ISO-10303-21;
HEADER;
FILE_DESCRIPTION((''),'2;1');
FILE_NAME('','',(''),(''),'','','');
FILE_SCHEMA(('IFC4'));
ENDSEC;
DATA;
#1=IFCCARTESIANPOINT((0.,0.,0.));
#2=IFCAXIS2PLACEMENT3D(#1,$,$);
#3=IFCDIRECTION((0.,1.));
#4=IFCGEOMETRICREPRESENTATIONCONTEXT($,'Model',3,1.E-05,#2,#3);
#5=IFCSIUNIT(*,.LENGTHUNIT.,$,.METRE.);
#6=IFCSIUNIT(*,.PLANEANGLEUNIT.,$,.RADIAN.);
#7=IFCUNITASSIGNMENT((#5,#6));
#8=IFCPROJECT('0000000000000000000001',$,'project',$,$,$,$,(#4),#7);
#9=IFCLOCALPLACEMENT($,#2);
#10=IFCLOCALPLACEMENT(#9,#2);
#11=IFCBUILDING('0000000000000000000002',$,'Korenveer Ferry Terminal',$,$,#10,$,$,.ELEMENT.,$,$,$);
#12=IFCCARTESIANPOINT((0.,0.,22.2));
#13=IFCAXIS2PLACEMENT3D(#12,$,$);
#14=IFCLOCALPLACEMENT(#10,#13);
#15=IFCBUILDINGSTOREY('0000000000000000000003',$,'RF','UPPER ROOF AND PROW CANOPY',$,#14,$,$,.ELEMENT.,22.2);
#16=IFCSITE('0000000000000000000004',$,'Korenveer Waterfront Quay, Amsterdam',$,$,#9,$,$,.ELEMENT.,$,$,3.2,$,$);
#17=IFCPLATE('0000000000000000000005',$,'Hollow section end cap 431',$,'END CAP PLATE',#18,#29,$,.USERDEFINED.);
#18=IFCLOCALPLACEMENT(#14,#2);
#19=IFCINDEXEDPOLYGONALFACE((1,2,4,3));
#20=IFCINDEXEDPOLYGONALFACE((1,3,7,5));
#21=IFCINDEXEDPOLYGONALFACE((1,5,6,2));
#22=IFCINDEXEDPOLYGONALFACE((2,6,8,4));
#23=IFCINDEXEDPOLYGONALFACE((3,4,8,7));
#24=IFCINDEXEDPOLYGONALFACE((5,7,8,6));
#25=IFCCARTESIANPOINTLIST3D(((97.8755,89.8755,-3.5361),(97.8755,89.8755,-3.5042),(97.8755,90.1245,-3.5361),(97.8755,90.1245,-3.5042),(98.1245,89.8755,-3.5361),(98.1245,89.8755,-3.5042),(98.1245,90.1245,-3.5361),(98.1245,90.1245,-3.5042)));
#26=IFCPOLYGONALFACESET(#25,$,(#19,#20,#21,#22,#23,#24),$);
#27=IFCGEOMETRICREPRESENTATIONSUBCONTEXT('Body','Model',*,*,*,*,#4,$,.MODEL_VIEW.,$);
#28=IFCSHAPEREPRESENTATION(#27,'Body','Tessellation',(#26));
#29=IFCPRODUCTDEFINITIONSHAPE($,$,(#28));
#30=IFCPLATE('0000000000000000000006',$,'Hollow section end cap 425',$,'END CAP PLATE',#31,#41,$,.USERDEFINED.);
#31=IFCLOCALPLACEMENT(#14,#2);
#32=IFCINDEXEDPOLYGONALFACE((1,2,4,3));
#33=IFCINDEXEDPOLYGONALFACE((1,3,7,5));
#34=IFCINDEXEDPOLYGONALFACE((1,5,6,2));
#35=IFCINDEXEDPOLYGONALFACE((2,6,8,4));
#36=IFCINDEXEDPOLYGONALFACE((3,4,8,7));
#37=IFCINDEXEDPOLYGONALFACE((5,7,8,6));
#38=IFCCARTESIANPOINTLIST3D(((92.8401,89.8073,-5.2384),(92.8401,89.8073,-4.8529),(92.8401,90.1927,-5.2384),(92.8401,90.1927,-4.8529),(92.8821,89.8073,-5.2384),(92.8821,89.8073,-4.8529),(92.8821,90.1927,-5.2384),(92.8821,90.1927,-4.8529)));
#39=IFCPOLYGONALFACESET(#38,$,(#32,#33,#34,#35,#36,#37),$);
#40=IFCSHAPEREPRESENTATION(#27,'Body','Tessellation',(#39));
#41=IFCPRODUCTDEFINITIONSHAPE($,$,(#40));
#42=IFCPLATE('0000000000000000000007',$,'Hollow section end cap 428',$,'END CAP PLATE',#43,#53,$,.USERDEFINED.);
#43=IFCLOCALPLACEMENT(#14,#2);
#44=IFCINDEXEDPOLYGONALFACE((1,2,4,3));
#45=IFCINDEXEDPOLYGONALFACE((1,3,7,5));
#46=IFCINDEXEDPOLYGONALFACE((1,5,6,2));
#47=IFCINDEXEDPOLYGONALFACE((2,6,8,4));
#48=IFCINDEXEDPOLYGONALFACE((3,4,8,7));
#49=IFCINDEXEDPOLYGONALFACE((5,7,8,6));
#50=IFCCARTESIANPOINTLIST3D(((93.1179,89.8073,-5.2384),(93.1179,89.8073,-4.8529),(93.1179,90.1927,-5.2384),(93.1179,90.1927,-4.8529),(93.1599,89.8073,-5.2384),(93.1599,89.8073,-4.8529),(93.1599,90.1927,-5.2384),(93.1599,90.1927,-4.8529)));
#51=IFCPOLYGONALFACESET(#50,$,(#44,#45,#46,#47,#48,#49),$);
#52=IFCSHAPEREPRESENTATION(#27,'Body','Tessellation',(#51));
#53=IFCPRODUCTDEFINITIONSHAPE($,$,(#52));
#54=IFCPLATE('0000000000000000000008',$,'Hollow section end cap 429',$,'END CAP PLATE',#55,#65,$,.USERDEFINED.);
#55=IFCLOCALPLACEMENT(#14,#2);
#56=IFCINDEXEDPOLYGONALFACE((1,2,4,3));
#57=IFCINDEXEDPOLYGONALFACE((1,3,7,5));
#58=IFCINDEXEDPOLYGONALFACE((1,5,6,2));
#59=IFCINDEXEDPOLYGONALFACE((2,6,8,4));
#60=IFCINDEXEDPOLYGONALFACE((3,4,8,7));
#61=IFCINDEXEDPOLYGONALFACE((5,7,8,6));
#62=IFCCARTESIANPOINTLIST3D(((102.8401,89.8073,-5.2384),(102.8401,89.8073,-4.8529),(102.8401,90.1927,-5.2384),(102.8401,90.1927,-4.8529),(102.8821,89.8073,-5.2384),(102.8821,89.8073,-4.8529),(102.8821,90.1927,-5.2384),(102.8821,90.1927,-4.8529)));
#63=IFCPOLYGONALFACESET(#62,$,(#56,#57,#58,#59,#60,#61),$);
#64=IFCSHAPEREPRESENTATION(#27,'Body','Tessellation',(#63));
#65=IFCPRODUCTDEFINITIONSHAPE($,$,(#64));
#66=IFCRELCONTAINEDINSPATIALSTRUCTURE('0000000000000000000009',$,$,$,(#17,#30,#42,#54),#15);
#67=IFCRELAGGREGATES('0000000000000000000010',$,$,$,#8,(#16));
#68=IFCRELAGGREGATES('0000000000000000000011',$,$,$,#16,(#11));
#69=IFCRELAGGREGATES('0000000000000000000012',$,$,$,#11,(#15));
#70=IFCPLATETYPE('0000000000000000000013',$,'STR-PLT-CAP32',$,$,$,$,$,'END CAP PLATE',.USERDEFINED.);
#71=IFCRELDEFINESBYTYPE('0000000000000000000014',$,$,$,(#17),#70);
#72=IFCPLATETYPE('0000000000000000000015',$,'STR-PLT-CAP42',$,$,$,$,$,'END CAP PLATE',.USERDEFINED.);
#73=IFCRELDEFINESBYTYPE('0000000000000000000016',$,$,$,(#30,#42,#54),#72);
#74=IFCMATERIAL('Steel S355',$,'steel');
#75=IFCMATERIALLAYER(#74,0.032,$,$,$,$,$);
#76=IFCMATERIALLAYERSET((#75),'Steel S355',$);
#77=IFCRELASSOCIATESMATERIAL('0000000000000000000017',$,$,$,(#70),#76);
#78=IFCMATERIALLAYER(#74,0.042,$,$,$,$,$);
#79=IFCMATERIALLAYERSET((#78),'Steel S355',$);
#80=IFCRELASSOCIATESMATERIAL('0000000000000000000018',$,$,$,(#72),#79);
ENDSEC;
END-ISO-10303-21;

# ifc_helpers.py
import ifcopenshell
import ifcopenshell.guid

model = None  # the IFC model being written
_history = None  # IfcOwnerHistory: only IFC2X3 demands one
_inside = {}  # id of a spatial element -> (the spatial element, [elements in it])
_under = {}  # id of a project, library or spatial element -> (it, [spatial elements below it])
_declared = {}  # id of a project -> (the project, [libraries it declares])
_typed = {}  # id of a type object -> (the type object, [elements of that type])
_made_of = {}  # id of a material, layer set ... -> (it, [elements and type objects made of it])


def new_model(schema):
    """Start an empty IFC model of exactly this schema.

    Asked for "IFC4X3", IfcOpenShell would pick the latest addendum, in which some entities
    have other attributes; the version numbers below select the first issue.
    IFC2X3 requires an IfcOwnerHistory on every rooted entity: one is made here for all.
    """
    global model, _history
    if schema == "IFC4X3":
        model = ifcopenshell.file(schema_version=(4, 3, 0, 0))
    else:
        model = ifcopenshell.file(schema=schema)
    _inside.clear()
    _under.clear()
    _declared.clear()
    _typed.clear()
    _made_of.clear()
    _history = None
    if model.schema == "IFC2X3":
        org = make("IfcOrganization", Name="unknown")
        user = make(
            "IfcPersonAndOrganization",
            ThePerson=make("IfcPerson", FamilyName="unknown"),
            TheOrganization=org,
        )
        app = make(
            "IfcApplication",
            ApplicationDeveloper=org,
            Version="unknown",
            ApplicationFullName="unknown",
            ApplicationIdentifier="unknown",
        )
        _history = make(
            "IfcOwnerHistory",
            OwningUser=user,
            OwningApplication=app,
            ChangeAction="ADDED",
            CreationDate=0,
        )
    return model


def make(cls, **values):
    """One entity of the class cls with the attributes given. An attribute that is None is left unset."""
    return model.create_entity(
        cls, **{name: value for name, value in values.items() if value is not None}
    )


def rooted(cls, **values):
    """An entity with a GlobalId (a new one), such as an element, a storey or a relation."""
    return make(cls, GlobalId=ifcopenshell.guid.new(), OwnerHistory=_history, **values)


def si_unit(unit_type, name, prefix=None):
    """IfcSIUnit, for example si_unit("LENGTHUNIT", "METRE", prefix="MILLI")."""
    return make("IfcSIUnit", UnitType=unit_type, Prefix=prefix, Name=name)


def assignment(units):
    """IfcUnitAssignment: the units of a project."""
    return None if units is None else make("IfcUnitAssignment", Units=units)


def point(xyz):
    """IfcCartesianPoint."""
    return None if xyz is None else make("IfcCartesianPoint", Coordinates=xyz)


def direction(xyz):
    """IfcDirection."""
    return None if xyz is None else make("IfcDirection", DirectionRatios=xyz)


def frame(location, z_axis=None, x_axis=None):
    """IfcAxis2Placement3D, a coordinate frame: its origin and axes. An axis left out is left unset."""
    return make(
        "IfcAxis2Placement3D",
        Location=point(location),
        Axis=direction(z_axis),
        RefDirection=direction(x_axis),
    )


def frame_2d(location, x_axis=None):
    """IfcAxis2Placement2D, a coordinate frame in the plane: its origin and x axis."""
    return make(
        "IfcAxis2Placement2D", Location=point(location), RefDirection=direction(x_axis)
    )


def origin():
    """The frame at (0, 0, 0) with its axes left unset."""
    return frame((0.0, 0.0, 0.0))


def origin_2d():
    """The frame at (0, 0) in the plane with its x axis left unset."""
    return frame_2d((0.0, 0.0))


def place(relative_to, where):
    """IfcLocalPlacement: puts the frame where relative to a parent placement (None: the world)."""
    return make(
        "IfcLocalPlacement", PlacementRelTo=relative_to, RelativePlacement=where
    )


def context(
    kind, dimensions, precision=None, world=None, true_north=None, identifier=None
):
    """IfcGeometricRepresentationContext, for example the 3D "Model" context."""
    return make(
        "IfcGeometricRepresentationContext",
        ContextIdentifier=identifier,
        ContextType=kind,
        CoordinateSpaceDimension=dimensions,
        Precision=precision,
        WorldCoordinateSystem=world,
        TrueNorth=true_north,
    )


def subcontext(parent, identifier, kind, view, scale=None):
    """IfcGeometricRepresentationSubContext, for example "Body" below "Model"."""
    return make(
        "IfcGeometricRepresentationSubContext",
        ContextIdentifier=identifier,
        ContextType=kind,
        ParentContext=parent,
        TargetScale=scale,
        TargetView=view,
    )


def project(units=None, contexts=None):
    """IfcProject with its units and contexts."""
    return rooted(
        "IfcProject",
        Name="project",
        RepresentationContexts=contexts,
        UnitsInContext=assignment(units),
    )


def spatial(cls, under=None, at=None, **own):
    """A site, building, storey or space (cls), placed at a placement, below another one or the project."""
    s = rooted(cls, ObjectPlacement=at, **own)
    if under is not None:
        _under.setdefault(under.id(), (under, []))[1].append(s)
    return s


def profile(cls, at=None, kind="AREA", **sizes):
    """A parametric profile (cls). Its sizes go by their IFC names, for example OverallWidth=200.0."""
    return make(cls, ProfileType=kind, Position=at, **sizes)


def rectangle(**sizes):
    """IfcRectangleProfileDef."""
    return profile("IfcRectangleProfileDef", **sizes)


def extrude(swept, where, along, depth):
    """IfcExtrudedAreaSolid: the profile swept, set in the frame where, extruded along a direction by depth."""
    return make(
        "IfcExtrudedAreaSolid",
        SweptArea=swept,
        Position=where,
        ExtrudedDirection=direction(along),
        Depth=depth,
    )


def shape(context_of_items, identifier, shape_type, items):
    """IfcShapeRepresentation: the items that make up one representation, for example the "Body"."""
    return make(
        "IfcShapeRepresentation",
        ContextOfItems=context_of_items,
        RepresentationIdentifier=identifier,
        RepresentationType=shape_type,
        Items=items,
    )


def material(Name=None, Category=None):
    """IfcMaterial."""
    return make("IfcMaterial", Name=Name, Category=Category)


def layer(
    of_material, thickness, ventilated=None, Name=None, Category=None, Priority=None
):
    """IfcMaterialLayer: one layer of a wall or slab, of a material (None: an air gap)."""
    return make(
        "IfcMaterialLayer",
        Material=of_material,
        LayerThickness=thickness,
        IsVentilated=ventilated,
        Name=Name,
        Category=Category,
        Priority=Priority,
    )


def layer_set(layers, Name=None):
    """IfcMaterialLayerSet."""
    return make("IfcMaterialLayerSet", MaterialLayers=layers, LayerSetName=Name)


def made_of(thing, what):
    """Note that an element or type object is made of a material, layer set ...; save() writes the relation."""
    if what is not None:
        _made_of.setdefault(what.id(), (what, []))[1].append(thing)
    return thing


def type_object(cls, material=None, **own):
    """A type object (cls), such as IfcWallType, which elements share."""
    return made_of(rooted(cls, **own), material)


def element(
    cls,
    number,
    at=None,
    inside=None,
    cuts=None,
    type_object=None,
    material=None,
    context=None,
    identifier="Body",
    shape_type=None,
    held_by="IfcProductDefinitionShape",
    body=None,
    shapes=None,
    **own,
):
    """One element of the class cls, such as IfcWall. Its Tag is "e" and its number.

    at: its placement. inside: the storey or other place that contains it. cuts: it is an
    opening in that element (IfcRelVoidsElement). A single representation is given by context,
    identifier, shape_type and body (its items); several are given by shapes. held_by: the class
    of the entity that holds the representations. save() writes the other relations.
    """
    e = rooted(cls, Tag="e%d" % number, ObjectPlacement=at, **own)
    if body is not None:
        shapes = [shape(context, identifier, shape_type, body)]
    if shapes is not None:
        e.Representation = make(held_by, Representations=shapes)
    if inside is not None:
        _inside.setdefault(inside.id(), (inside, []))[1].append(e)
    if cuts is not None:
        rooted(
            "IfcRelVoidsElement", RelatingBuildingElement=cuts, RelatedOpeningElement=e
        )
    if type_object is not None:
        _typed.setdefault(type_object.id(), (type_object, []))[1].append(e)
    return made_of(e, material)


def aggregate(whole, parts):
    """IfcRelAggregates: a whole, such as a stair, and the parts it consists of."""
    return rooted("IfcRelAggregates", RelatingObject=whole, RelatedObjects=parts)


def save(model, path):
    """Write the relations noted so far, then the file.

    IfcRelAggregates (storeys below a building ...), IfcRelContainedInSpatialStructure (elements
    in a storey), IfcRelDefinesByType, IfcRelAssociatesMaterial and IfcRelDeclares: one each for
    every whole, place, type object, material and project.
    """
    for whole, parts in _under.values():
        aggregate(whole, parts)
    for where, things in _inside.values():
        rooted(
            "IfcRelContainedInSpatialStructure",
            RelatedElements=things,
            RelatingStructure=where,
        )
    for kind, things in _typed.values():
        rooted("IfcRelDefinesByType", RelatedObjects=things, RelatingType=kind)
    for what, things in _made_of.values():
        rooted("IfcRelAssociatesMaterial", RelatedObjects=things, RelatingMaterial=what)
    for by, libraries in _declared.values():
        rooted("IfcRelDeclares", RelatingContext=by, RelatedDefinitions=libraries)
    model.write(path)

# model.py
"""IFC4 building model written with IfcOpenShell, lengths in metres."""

from ifc_helpers import new_model, si_unit, direction, frame, origin, origin_2d, place, context, subcontext, project, spatial, rectangle, extrude, material, layer, layer_set, type_object, element, save


model = new_model("IFC4")

# Units and contexts
model_context = context("Model", 3, precision=1e-05, world=origin(), true_north=direction((0.0, 1.0)))
body_context = subcontext(model_context, "Body", "Model", "MODEL_VIEW")
ifc_project = project(units=[si_unit("LENGTHUNIT", "METRE"), si_unit("PLANEANGLEUNIT", "RADIAN")], contexts=[model_context])

# Site, building, storey
site_placement = place(None, origin())
site = spatial("IfcSite", under=ifc_project, at=site_placement, Name="Korenveer Waterfront Quay, Amsterdam", CompositionType="ELEMENT", RefElevation=3.2)
building_placement = place(site_placement, origin())
building = spatial("IfcBuilding", under=site, at=building_placement, Name="Korenveer Ferry Terminal", CompositionType="ELEMENT")
storey_placement = place(building_placement, frame((0.0, 0.0, 22.2)))
storey = spatial("IfcBuildingStorey", under=building, at=storey_placement, Name="RF", Description="UPPER ROOF AND PROW CANOPY", CompositionType="ELEMENT", Elevation=22.2)

# Shared definitions
ifc_material_1 = material(Name="Steel S355", Category="steel")

# Plates
ifc_layer_1 = layer(ifc_material_1, 0.032)
ifc_layer_set_1 = layer_set([ifc_layer_1], Name="Steel S355")
plate_type_1 = type_object("IfcPlateType", Name="STR-PLT-CAP32", ElementType="END CAP PLATE", PredefinedType="USERDEFINED", material=ifc_layer_set_1)
for number, where, z_axis, x_axis, name in (
    (1, (98.0, 90.0, -3.5361), (0.0, 0.0, 1.0), (1.0, 0.0, 0.0), "Hollow section end cap 431"),
):
    element("IfcPlate", number, at=place(storey_placement, frame(where, z_axis=z_axis, x_axis=x_axis)), inside=storey, type_object=plate_type_1, Name=name, ObjectType="END CAP PLATE", PredefinedType="USERDEFINED", context=body_context, shape_type="SweptSolid", body=[
        extrude(rectangle(XDim=0.249, YDim=0.249, at=origin_2d()), origin(), (0.0, 0.0, 1.0), 0.032),
    ])
ifc_layer_2 = layer(ifc_material_1, 0.042)
ifc_layer_set_2 = layer_set([ifc_layer_2], Name="Steel S355")
plate_type_2 = type_object("IfcPlateType", Name="STR-PLT-CAP42", ElementType="END CAP PLATE", PredefinedType="USERDEFINED", material=ifc_layer_set_2)
for number, where, z_axis, x_axis, name in (
    (2, (92.8401, 90.0, -5.0457), (1.0, 0.0, 0.0), (0.0, 1.0, 0.0), "Hollow section end cap 425"),
    (3, (93.1179, 90.0, -5.0457), (1.0, 0.0, 0.0), (0.0, 1.0, 0.0), "Hollow section end cap 428"),
    (4, (102.8401, 90.0, -5.0457), (1.0, 0.0, 0.0), (0.0, 1.0, 0.0), "Hollow section end cap 429"),
):
    element("IfcPlate", number, at=place(storey_placement, frame(where, z_axis=z_axis, x_axis=x_axis)), inside=storey, type_object=plate_type_2, Name=name, ObjectType="END CAP PLATE", PredefinedType="USERDEFINED", context=body_context, shape_type="SweptSolid", body=[
        extrude(rectangle(XDim=0.3855, YDim=0.3855, at=origin_2d()), origin(), (0.0, 0.0, 1.0), 0.042),
    ])

save(model, "model.ifc")
